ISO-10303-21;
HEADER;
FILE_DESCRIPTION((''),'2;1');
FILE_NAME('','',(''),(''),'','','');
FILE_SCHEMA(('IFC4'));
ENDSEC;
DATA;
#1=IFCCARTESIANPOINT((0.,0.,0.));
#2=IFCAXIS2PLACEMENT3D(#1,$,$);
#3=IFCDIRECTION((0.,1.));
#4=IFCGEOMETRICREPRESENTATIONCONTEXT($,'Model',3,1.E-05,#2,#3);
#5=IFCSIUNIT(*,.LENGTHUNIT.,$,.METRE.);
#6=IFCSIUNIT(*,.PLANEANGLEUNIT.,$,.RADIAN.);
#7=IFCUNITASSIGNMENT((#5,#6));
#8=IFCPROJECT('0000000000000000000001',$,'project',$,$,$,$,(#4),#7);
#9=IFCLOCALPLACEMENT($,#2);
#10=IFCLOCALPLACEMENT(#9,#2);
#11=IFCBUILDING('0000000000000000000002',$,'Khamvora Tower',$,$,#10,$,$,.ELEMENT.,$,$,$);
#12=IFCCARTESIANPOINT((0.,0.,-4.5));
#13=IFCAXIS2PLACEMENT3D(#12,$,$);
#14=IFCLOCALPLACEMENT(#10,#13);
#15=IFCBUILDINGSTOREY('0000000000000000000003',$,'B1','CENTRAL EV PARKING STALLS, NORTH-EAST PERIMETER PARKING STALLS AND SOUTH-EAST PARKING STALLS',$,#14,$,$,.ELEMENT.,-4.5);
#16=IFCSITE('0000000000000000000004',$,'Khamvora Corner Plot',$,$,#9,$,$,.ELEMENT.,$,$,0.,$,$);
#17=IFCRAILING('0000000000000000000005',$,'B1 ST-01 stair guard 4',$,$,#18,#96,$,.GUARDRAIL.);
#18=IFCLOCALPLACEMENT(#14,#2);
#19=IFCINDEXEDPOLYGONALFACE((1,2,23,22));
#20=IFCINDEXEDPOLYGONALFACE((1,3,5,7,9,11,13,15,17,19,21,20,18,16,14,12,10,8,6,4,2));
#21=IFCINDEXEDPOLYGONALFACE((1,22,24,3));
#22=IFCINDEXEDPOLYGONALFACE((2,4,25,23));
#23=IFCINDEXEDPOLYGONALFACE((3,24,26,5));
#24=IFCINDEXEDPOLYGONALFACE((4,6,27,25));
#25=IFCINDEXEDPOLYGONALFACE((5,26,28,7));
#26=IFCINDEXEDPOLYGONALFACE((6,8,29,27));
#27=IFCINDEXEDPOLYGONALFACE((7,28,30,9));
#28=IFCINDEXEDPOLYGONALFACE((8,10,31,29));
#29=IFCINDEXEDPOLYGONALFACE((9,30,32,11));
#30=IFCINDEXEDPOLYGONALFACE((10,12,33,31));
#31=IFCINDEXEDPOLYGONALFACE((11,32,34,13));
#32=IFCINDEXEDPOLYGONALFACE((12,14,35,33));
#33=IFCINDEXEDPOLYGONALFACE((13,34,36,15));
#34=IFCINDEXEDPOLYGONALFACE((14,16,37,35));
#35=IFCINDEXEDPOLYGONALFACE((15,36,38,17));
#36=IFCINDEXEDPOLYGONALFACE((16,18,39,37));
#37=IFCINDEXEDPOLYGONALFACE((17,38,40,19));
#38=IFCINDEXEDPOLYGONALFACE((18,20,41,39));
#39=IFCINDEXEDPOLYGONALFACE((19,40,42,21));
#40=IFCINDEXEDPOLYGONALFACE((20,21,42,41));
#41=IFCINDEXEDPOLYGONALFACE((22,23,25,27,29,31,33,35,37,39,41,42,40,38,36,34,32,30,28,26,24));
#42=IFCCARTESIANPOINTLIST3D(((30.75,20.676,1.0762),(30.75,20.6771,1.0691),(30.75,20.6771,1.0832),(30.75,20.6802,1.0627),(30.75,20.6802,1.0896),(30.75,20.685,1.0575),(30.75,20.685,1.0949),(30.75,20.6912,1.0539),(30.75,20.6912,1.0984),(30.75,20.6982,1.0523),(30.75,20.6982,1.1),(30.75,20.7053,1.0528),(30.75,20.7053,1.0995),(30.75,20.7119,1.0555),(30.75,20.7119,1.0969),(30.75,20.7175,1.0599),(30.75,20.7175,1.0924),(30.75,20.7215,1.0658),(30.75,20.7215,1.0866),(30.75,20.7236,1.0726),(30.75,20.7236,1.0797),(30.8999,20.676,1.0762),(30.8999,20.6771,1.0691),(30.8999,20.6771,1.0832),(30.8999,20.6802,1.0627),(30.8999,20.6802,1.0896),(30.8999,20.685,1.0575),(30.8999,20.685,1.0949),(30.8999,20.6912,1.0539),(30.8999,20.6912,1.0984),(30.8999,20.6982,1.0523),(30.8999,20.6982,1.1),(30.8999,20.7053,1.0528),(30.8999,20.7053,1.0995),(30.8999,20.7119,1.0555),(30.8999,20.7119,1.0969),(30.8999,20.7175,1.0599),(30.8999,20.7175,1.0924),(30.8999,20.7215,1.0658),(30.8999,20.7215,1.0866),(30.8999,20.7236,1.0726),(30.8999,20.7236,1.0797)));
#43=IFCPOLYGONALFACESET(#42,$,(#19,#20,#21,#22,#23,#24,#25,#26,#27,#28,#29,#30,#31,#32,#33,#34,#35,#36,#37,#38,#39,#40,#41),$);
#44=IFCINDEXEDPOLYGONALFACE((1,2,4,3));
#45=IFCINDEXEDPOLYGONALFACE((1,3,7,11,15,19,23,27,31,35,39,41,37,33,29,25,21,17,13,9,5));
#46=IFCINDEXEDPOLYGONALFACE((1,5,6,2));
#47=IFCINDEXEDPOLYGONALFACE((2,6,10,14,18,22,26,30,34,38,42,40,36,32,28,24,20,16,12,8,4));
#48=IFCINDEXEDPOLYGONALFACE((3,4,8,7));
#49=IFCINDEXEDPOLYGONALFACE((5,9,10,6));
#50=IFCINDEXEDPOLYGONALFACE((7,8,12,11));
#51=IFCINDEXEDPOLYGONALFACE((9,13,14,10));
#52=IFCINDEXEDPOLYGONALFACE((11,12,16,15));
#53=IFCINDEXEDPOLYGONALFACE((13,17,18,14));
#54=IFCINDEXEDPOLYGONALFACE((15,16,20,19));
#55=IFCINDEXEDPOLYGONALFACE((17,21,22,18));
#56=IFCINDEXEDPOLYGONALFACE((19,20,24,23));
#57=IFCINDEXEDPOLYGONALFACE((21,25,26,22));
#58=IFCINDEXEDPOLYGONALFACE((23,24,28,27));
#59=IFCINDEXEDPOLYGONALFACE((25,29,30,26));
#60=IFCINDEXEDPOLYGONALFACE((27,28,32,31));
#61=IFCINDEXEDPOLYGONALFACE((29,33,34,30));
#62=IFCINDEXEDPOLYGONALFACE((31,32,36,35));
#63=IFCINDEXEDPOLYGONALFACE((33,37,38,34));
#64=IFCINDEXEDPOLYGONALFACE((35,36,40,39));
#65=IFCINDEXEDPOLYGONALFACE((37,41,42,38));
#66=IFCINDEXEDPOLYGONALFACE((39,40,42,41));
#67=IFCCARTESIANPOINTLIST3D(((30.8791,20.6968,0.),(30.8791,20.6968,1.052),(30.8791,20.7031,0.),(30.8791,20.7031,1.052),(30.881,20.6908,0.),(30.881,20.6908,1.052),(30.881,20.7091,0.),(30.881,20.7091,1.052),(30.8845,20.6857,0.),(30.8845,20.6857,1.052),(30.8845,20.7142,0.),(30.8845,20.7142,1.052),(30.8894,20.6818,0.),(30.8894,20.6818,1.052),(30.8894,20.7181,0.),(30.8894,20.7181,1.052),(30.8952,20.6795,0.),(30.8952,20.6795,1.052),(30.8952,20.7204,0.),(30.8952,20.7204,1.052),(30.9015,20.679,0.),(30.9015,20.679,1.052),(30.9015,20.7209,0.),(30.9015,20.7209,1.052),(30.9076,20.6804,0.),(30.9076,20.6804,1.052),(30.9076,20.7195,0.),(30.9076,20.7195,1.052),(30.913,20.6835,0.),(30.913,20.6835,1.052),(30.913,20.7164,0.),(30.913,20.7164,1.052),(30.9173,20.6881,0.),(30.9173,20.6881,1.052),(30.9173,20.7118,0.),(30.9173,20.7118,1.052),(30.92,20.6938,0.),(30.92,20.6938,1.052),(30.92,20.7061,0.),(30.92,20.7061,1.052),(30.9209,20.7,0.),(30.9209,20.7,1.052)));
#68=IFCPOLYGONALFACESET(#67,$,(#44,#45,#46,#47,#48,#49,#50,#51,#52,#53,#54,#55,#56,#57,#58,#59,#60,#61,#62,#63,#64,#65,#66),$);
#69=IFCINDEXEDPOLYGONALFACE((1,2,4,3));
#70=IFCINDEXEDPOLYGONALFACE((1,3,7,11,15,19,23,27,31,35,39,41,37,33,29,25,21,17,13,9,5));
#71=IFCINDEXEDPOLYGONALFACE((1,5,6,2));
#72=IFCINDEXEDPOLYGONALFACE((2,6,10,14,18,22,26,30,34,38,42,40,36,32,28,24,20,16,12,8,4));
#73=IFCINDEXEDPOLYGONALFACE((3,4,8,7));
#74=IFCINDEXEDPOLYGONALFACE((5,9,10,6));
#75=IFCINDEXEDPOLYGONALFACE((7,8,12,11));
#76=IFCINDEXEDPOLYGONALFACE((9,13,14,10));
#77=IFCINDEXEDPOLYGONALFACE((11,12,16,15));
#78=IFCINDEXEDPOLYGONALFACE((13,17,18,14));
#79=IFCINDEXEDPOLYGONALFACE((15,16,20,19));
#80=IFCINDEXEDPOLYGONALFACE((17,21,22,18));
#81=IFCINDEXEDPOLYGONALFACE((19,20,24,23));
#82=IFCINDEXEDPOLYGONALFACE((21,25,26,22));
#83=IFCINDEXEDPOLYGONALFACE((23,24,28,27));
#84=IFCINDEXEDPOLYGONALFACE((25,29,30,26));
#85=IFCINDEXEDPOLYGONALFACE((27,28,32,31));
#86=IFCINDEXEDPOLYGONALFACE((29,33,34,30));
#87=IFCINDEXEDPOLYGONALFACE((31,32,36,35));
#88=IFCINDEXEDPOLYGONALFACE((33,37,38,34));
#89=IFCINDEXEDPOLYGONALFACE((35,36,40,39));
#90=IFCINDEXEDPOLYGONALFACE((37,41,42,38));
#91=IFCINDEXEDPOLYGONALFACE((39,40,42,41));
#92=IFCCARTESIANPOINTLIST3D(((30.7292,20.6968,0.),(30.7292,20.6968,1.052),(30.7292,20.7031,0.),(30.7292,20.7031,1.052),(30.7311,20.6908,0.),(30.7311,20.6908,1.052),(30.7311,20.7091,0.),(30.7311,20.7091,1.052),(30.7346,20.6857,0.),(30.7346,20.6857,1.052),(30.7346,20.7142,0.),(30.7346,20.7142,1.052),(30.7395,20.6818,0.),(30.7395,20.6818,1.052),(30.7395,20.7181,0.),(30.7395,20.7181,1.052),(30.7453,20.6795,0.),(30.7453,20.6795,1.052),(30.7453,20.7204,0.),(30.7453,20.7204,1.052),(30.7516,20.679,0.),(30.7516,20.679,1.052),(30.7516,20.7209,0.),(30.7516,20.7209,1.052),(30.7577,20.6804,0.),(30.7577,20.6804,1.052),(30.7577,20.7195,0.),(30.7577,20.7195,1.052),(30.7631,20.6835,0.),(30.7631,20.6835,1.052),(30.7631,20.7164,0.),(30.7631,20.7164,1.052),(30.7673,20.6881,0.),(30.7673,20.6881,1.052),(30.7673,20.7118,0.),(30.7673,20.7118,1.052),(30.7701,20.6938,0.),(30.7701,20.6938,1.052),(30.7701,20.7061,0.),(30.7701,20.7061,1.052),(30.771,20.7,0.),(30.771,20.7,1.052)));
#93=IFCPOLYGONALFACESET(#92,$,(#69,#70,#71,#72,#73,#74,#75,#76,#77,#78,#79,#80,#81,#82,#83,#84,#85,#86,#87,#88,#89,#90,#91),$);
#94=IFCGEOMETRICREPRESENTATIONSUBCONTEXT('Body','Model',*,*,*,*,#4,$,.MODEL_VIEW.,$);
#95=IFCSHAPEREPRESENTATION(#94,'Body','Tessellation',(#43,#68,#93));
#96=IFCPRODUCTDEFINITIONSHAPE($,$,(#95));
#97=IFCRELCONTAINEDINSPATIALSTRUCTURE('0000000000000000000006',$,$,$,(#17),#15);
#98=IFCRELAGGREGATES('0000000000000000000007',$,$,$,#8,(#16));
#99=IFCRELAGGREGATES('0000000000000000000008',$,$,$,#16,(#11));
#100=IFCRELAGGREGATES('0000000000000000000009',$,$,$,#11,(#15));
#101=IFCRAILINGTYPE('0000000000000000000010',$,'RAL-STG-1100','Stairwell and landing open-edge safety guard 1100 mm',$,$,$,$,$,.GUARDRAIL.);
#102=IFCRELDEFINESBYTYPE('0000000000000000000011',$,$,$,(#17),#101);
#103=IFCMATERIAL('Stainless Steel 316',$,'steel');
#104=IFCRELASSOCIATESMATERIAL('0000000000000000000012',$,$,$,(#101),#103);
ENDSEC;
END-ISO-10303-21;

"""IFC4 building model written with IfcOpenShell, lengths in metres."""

from ifc_helpers import new_model, si_unit, direction, frame, origin, origin_2d, place, context, subcontext, project, spatial, circle, extrude, material, type_object, element, save


model = new_model("IFC4")

# Units and contexts
model_context = context("Model", 3, precision=1e-05, world=origin(), true_north=direction((0.0, 1.0)))
body_context = subcontext(model_context, "Body", "Model", "MODEL_VIEW")
ifc_project = project(units=[si_unit("LENGTHUNIT", "METRE"), si_unit("PLANEANGLEUNIT", "RADIAN")], contexts=[model_context])

# Site, building, storey
site_placement = place(None, origin())
site = spatial("IfcSite", under=ifc_project, at=site_placement, Name="Khamvora Corner Plot", CompositionType="ELEMENT", RefElevation=0.0)
building_placement = place(site_placement, origin())
building = spatial("IfcBuilding", under=site, at=building_placement, Name="Khamvora Tower", CompositionType="ELEMENT")
storey_placement = place(building_placement, frame((0.0, 0.0, -4.5)))
storey = spatial("IfcBuildingStorey", under=building, at=storey_placement, Name="B1", Description="CENTRAL EV PARKING STALLS, NORTH-EAST PERIMETER PARKING STALLS AND SOUTH-EAST PARKING STALLS", CompositionType="ELEMENT", Elevation=-4.5)

# Railing
ifc_material_1 = material(Name="Stainless Steel 316", Category="steel")
railing_type_1 = type_object("IfcRailingType", Name="RAL-STG-1100", Description="Stairwell and landing open-edge safety guard 1100 mm", PredefinedType="GUARDRAIL", material=ifc_material_1)
railing_1_placement = place(storey_placement, frame((30.8999, 20.7, 0.0)))
element("IfcRailing", 1, at=railing_1_placement, inside=storey, type_object=railing_type_1, Name="B1 ST-01 stair guard 4", PredefinedType="GUARDRAIL", context=body_context, shape_type="SweptSolid", body=[
    extrude(circle(Radius=0.0239, at=origin_2d()), frame((0.0, 0.0, 1.0762), z_axis=(-1.0, 0.0, 0.0), x_axis=(0.0, -1.0, 0.0)), (0.0, 0.0, 1.0), 0.1499),
    extrude(circle(Radius=0.021, at=origin_2d()), origin(), (0.0, 0.0, 1.0), 1.052),
    extrude(circle(Radius=0.021, at=origin_2d()), frame((-0.1499, 0.0, 0.0)), (0.0, 0.0, 1.0), 1.052),
])

save(model, "model.ifc")
